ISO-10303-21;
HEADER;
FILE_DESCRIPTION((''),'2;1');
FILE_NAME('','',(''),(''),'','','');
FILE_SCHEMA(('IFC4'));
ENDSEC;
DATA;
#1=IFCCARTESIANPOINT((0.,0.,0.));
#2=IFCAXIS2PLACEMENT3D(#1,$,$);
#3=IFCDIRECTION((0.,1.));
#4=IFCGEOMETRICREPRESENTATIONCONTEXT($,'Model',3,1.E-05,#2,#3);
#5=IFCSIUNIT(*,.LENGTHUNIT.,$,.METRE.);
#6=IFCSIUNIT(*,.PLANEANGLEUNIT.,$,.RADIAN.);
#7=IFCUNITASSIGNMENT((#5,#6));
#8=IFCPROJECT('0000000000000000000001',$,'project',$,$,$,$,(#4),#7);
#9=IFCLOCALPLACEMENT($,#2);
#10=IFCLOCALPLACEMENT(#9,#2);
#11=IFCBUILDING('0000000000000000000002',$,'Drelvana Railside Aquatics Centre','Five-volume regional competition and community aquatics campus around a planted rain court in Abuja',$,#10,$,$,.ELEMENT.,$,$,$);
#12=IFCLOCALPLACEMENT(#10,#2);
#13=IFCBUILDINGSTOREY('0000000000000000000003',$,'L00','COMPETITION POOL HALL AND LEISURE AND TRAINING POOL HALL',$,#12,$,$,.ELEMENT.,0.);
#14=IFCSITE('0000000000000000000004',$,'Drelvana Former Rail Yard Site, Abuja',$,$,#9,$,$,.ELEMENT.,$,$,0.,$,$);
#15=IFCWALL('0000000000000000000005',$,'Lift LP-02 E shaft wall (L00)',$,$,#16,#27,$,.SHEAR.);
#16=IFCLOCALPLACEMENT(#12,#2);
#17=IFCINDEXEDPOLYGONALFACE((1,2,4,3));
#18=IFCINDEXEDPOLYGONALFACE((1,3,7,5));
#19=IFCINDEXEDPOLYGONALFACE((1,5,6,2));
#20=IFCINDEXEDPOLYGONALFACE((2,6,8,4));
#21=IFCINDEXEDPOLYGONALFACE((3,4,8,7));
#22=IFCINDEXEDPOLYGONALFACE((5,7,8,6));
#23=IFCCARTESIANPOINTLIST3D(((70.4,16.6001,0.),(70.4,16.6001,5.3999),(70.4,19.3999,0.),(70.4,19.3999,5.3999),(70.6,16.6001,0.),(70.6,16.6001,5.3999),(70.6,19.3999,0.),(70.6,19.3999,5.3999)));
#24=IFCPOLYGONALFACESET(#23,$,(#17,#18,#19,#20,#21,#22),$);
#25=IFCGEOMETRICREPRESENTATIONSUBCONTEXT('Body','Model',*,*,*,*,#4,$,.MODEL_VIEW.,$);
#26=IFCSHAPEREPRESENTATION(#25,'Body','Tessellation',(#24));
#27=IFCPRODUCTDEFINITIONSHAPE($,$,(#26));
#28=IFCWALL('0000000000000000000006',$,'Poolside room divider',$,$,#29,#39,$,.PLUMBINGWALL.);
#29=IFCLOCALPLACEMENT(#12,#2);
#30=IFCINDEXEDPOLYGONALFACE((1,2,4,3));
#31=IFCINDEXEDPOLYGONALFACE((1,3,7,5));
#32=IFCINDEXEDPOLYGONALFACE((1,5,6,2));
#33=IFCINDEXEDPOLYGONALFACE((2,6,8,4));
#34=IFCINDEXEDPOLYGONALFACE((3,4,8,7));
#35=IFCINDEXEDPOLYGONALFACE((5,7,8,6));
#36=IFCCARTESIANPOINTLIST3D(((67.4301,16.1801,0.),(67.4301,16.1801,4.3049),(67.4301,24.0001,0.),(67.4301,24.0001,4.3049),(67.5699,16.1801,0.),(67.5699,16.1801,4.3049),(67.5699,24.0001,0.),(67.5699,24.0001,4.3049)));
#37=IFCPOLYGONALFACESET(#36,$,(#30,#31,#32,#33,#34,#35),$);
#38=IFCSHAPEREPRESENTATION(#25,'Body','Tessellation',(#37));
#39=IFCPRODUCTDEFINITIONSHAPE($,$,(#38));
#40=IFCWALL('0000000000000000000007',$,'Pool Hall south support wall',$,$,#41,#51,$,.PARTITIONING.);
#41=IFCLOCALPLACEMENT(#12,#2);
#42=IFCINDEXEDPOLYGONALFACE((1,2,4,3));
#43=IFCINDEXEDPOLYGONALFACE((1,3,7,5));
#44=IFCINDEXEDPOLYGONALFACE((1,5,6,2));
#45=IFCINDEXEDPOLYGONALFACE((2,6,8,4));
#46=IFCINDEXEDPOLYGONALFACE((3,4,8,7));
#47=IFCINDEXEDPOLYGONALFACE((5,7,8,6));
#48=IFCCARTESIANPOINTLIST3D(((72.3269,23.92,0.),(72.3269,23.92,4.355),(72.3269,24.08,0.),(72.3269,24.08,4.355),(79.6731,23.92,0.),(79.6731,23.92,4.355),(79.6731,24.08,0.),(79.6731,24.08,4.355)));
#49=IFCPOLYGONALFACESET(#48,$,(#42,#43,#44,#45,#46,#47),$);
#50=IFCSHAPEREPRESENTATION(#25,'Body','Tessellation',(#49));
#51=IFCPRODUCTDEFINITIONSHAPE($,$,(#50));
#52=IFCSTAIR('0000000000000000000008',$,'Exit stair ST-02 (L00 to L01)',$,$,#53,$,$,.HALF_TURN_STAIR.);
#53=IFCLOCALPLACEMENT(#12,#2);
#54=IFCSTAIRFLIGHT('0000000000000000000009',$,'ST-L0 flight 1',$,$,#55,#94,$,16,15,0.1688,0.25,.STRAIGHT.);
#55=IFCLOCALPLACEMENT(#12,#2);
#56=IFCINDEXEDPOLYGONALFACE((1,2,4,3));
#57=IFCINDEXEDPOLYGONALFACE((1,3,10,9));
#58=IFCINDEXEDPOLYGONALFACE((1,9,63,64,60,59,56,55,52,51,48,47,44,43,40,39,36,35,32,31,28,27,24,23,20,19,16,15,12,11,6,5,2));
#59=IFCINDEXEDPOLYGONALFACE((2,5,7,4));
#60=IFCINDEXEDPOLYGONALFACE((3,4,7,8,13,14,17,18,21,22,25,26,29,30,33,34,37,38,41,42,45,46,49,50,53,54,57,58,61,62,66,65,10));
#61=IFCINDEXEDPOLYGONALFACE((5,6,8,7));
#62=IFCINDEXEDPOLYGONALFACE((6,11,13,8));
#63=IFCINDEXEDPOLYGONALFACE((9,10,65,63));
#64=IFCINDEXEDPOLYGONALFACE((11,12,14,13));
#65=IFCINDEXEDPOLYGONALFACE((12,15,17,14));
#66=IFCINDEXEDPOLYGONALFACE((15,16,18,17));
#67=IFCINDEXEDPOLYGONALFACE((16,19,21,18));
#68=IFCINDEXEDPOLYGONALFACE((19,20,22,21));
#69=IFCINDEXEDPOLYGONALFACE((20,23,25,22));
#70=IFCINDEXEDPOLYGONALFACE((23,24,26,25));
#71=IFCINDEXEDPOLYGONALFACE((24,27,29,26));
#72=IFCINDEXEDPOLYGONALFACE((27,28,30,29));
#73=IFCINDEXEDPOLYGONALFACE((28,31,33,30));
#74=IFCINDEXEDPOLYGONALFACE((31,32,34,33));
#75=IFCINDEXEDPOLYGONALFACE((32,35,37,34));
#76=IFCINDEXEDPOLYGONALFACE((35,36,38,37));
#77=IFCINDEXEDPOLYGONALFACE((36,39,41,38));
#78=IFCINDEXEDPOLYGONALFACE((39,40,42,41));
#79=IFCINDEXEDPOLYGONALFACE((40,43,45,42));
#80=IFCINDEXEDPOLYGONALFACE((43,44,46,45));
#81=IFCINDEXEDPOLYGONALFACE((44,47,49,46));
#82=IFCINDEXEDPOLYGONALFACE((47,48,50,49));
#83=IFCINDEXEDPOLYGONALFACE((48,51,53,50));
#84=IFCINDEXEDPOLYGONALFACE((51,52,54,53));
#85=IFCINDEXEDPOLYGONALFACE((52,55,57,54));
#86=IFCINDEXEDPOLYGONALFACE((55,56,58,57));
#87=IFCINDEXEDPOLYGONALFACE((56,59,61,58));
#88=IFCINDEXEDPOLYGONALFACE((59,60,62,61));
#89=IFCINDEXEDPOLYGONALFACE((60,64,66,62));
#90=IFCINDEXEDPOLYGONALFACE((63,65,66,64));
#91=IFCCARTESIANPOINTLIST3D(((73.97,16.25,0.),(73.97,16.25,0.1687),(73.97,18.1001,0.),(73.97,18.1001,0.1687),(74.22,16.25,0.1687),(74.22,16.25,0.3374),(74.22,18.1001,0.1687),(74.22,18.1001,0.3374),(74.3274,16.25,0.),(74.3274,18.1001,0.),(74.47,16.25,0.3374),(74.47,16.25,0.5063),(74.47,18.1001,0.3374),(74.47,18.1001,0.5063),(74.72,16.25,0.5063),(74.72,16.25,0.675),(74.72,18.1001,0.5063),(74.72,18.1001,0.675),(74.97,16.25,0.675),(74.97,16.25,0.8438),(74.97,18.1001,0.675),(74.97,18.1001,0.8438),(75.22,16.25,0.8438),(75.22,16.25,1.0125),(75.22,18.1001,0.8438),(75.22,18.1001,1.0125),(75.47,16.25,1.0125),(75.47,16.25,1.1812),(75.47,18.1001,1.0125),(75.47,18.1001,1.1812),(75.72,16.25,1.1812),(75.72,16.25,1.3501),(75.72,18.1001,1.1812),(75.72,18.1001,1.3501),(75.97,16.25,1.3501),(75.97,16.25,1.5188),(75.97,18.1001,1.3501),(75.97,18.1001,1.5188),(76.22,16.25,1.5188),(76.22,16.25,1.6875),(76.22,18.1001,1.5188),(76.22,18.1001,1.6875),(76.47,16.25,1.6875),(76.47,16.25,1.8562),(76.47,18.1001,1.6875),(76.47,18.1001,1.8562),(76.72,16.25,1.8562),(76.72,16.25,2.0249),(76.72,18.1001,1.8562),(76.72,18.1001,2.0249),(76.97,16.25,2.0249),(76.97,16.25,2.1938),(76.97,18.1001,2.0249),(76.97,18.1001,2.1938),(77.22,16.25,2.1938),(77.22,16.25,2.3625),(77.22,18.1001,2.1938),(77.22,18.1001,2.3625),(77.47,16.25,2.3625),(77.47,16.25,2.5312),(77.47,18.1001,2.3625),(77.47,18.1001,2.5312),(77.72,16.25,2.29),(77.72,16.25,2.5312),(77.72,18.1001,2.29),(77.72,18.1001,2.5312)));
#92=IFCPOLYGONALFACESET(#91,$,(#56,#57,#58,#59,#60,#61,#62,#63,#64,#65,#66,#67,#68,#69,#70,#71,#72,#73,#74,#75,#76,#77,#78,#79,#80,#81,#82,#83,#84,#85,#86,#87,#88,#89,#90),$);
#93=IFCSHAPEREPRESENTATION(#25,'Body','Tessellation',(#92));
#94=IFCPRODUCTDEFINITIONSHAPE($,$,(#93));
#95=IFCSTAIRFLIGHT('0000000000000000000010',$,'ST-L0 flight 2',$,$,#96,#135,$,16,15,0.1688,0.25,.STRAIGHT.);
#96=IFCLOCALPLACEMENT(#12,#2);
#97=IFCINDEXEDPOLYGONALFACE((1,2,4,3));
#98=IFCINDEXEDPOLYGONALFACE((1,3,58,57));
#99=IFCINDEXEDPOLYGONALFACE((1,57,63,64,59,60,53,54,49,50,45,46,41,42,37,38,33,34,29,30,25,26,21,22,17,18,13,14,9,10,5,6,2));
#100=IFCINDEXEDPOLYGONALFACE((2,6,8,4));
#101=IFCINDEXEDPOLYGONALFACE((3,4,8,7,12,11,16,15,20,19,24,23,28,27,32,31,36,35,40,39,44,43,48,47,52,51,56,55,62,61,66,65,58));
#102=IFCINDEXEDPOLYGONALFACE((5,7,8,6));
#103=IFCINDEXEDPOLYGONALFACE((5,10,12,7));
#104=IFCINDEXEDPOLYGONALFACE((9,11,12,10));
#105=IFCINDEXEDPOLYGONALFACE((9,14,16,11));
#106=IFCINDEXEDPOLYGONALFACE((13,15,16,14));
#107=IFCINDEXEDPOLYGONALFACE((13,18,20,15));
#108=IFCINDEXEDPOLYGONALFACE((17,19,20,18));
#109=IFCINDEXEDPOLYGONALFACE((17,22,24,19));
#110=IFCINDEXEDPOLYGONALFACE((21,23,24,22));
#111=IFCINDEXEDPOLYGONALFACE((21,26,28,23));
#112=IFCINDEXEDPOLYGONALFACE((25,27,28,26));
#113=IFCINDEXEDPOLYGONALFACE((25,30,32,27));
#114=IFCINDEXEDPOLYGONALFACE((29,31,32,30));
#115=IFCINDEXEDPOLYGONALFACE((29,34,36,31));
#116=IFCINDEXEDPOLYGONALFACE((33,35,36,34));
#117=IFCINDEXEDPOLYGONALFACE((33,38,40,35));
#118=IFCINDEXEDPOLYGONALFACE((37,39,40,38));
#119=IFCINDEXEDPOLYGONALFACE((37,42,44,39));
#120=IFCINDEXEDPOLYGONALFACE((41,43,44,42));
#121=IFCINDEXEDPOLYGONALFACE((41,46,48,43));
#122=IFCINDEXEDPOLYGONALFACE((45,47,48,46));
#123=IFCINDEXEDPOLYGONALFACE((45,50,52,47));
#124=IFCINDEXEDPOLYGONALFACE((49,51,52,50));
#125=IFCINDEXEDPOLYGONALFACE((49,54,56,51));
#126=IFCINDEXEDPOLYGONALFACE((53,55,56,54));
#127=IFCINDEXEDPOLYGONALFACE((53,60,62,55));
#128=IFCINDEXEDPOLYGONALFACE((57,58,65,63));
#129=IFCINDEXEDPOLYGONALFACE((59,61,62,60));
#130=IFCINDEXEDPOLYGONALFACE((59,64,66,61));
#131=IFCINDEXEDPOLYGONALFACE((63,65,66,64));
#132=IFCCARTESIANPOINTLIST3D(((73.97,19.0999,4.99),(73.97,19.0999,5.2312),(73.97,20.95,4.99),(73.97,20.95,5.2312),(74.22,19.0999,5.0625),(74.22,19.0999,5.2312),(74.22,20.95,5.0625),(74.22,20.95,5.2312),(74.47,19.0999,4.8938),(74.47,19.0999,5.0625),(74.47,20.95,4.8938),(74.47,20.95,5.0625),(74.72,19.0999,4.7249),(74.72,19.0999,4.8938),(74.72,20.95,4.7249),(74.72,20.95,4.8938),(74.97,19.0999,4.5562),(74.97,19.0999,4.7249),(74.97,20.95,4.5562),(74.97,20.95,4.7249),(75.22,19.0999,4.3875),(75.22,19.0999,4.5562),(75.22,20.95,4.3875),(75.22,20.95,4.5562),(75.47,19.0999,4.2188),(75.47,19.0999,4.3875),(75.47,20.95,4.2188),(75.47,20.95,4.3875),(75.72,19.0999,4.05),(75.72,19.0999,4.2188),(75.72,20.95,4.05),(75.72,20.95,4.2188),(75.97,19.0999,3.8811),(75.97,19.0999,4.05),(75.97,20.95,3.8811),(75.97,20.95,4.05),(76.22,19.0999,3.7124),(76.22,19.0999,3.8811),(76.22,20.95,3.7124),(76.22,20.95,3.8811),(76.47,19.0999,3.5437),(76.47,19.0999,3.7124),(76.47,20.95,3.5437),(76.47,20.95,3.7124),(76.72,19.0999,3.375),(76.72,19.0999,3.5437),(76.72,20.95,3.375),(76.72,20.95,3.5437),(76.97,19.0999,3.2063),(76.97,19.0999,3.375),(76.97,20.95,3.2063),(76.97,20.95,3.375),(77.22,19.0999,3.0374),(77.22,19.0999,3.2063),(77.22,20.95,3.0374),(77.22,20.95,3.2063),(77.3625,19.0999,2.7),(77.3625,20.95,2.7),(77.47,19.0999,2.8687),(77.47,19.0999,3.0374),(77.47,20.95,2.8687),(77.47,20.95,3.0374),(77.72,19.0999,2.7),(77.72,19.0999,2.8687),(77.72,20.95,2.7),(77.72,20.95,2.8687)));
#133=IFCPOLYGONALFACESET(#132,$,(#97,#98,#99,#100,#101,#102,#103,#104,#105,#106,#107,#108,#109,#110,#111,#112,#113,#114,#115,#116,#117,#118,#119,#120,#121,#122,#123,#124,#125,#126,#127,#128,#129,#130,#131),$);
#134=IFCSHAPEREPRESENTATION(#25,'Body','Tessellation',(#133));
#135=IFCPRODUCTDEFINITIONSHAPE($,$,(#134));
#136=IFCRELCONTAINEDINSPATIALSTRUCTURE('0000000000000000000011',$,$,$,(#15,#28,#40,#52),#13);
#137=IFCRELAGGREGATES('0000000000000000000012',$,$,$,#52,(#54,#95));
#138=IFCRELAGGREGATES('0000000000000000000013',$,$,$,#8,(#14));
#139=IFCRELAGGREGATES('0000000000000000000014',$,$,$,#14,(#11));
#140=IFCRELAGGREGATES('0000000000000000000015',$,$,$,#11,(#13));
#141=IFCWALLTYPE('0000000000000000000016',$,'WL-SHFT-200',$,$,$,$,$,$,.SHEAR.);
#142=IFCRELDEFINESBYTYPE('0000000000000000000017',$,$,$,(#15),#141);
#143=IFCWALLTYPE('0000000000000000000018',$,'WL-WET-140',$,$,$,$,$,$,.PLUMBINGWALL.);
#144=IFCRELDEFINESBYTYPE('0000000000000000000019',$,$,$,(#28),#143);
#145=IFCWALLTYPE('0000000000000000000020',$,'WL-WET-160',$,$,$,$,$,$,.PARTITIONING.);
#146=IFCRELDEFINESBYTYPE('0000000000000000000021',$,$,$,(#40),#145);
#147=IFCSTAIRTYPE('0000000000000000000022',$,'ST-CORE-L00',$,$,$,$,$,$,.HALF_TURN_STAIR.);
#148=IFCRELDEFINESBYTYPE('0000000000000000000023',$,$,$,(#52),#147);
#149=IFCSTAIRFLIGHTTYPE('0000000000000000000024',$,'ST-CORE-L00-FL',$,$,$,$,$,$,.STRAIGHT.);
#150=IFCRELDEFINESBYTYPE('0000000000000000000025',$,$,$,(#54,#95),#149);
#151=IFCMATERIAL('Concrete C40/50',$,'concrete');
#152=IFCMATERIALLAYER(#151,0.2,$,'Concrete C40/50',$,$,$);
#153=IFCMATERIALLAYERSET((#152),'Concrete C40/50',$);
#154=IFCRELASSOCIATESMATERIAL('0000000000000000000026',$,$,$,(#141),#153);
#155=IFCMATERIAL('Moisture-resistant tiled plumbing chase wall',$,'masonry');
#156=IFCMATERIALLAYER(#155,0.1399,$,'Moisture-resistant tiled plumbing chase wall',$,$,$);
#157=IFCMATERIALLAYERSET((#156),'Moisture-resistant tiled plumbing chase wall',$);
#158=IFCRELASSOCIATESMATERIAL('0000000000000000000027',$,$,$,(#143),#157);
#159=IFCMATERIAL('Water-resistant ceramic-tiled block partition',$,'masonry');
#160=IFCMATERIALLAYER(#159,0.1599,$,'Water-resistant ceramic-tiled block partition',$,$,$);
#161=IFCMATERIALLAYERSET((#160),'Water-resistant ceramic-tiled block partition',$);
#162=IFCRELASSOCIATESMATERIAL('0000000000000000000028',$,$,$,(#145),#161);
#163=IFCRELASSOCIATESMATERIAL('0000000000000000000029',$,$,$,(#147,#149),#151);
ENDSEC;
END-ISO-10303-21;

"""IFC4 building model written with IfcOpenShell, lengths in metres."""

from ifc_helpers import new_model, si_unit, direction, frame, frame_2d, origin, place, context, subcontext, project, spatial, polyline, rectangle, outline, extrude, material, layer, layer_set, type_object, element, aggregate, save


model = new_model("IFC4")

# Units and contexts
model_context = context("Model", 3, precision=1e-05, world=origin(), true_north=direction((0.0, 1.0)))
body_context = subcontext(model_context, "Body", "Model", "MODEL_VIEW")
ifc_project = project(units=[si_unit("LENGTHUNIT", "METRE"), si_unit("PLANEANGLEUNIT", "RADIAN")], contexts=[model_context])

# Site, building, storey
site_placement = place(None, origin())
site = spatial("IfcSite", under=ifc_project, at=site_placement, Name="Drelvana Former Rail Yard Site, Abuja", CompositionType="ELEMENT", RefElevation=0.0)
building_placement = place(site_placement, origin())
building = spatial("IfcBuilding", under=site, at=building_placement, Name="Drelvana Railside Aquatics Centre", Description="Five-volume regional competition and community aquatics campus around a planted rain court in Abuja", CompositionType="ELEMENT")
storey_placement = place(building_placement, origin())
storey = spatial("IfcBuildingStorey", under=building, at=storey_placement, Name="L00", Description="COMPETITION POOL HALL AND LEISURE AND TRAINING POOL HALL", CompositionType="ELEMENT", Elevation=0.0)

# Shared definitions
ifc_material_1 = material(Name="Concrete C40/50", Category="concrete")

# Shared definitions
ifc_layer_1 = layer(ifc_material_1, 0.2, Name="Concrete C40/50")
ifc_layer_set_1 = layer_set([ifc_layer_1], Name="Concrete C40/50")
wall_type_1 = type_object("IfcWallType", Name="WL-SHFT-200", PredefinedType="SHEAR", material=ifc_layer_set_1)

# Walls
for number, where, z_axis, x_axis, name in (
    (1, (70.5, 16.6001, 0.0), (0.0, 0.0, 1.0), (0.0, 1.0, 0.0), "Lift LP-02 E shaft wall (L00)"),
):
    element("IfcWall", number, at=place(storey_placement, frame(where, z_axis=z_axis, x_axis=x_axis)), inside=storey, type_object=wall_type_1, Name=name, PredefinedType="SHEAR", context=body_context, shape_type="SweptSolid", body=[
        extrude(rectangle(XDim=2.7998, YDim=0.2, at=frame_2d((1.3999, 0.0))), origin(), (0.0, 0.0, 1.0), 5.3999),
    ])
ifc_material_2 = material(Name="Moisture-resistant tiled plumbing chase wall", Category="masonry")
ifc_layer_2 = layer(ifc_material_2, 0.1399, Name="Moisture-resistant tiled plumbing chase wall")
ifc_layer_set_2 = layer_set([ifc_layer_2], Name="Moisture-resistant tiled plumbing chase wall")
wall_type_2 = type_object("IfcWallType", Name="WL-WET-140", PredefinedType="PLUMBINGWALL", material=ifc_layer_set_2)
wall_1_placement = place(storey_placement, frame((67.5, 16.1799, 0.0), z_axis=(0.0, 0.0, 1.0), x_axis=(0.0, 1.0, 0.0)))
element("IfcWall", 2, at=wall_1_placement, inside=storey, type_object=wall_type_2, Name="Poolside room divider", PredefinedType="PLUMBINGWALL", context=body_context, shape_type="SweptSolid", body=[
    extrude(rectangle(XDim=7.8201, YDim=0.1399, at=frame_2d((3.9102, 0.0))), origin(), (0.0, 0.0, 1.0), 4.3049),
])
ifc_material_3 = material(Name="Water-resistant ceramic-tiled block partition", Category="masonry")
ifc_layer_3 = layer(ifc_material_3, 0.1599, Name="Water-resistant ceramic-tiled block partition")
ifc_layer_set_3 = layer_set([ifc_layer_3], Name="Water-resistant ceramic-tiled block partition")
wall_type_3 = type_object("IfcWallType", Name="WL-WET-160", PredefinedType="PARTITIONING", material=ifc_layer_set_3)
wall_2_placement = place(storey_placement, frame((72.3269, 24.0, 0.0), z_axis=(0.0, 0.0, 1.0), x_axis=(1.0, 0.0, 0.0)))
element("IfcWall", 3, at=wall_2_placement, inside=storey, type_object=wall_type_3, Name="Pool Hall south support wall", PredefinedType="PARTITIONING", context=body_context, shape_type="SweptSolid", body=[
    extrude(rectangle(XDim=7.3462, YDim=0.1599, at=frame_2d((3.6731, 0.0))), origin(), (0.0, 0.0, 1.0), 4.355),
])

# Stair, stair flights
stair_type = type_object("IfcStairType", Name="ST-CORE-L00", PredefinedType="HALF_TURN_STAIR", material=ifc_material_1)
stair_placement = place(storey_placement, origin())
stair = element("IfcStair", 4, at=stair_placement, inside=storey, type_object=stair_type, Name="Exit stair ST-02 (L00 to L01)", PredefinedType="HALF_TURN_STAIR")
stair_flight_type = type_object("IfcStairFlightType", Name="ST-CORE-L00-FL", PredefinedType="STRAIGHT", material=ifc_material_1)
stair_flight_1_placement = place(storey_placement, frame((73.97, 17.175, 0.0), z_axis=(0.0, 0.0, 1.0), x_axis=(1.0, 0.0, 0.0)))
stair_flight_1 = element("IfcStairFlight", 5, at=stair_flight_1_placement, type_object=stair_flight_type, Name="ST-L0 flight 1", NumberOfRisers=16, NumberOfTreads=15, PredefinedType="STRAIGHT", RiserHeight=0.1688, TreadLength=0.25, context=body_context, shape_type="SweptSolid", body=[
    extrude(outline(polyline([(0.0, 0.0), (0.0, 0.1687), (0.25, 0.1687), (0.25, 0.3374), (0.5, 0.3374), (0.5, 0.5063), (0.75, 0.5063), (0.75, 0.675), (1.0, 0.675), (1.0, 0.8438), (1.25, 0.8438), (1.25, 1.0125), (1.5, 1.0125), (1.5, 1.1812), (1.75, 1.1812), (1.75, 1.3501), (2.0, 1.3501), (2.0, 1.5188), (2.25, 1.5188), (2.25, 1.6875), (2.5, 1.6875), (2.5, 1.8562), (2.75, 1.8562), (2.75, 2.0249), (3.0, 2.0249), (3.0, 2.1938), (3.25, 2.1938), (3.25, 2.3625), (3.5, 2.3625), (3.5, 2.5312), (3.75, 2.5312), (3.75, 2.7), (3.75, 2.29), (0.3574, 0.0), (0.0, 0.0)])), frame((0.0, 0.925, 0.0), z_axis=(0.0, -1.0, 0.0), x_axis=(1.0, 0.0, 0.0)), (0.0, 0.0, 1.0), 1.8501),
])
stair_flight_2_placement = place(storey_placement, frame((77.72, 20.0249, 2.7), z_axis=(0.0, 0.0, 1.0), x_axis=(-1.0, 0.0, 0.0)))
stair_flight_2 = element("IfcStairFlight", 6, at=stair_flight_2_placement, type_object=stair_flight_type, Name="ST-L0 flight 2", NumberOfRisers=16, NumberOfTreads=15, PredefinedType="STRAIGHT", RiserHeight=0.1688, TreadLength=0.25, context=body_context, shape_type="SweptSolid", body=[
    extrude(outline(polyline([(0.0, 0.0), (0.0, 0.1687), (0.25, 0.1687), (0.25, 0.3374), (0.5, 0.3374), (0.5, 0.5063), (0.75, 0.5063), (0.75, 0.675), (1.0, 0.675), (1.0, 0.8438), (1.25, 0.8438), (1.25, 1.0125), (1.5, 1.0125), (1.5, 1.1812), (1.75, 1.1812), (1.75, 1.3501), (2.0, 1.3501), (2.0, 1.5188), (2.25, 1.5188), (2.25, 1.6875), (2.5, 1.6875), (2.5, 1.8562), (2.75, 1.8562), (2.75, 2.0249), (3.0, 2.0249), (3.0, 2.1938), (3.25, 2.1938), (3.25, 2.3625), (3.5, 2.3625), (3.5, 2.5312), (3.75, 2.5312), (3.75, 2.7), (3.75, 2.29), (0.3574, 0.0), (0.0, 0.0)])), frame((0.0, 0.925, 0.0), z_axis=(0.0, -1.0, 0.0), x_axis=(1.0, 0.0, 0.0)), (0.0, 0.0, 1.0), 1.8501),
])
aggregate(stair, [stair_flight_1, stair_flight_2])

save(model, "model.ifc")
